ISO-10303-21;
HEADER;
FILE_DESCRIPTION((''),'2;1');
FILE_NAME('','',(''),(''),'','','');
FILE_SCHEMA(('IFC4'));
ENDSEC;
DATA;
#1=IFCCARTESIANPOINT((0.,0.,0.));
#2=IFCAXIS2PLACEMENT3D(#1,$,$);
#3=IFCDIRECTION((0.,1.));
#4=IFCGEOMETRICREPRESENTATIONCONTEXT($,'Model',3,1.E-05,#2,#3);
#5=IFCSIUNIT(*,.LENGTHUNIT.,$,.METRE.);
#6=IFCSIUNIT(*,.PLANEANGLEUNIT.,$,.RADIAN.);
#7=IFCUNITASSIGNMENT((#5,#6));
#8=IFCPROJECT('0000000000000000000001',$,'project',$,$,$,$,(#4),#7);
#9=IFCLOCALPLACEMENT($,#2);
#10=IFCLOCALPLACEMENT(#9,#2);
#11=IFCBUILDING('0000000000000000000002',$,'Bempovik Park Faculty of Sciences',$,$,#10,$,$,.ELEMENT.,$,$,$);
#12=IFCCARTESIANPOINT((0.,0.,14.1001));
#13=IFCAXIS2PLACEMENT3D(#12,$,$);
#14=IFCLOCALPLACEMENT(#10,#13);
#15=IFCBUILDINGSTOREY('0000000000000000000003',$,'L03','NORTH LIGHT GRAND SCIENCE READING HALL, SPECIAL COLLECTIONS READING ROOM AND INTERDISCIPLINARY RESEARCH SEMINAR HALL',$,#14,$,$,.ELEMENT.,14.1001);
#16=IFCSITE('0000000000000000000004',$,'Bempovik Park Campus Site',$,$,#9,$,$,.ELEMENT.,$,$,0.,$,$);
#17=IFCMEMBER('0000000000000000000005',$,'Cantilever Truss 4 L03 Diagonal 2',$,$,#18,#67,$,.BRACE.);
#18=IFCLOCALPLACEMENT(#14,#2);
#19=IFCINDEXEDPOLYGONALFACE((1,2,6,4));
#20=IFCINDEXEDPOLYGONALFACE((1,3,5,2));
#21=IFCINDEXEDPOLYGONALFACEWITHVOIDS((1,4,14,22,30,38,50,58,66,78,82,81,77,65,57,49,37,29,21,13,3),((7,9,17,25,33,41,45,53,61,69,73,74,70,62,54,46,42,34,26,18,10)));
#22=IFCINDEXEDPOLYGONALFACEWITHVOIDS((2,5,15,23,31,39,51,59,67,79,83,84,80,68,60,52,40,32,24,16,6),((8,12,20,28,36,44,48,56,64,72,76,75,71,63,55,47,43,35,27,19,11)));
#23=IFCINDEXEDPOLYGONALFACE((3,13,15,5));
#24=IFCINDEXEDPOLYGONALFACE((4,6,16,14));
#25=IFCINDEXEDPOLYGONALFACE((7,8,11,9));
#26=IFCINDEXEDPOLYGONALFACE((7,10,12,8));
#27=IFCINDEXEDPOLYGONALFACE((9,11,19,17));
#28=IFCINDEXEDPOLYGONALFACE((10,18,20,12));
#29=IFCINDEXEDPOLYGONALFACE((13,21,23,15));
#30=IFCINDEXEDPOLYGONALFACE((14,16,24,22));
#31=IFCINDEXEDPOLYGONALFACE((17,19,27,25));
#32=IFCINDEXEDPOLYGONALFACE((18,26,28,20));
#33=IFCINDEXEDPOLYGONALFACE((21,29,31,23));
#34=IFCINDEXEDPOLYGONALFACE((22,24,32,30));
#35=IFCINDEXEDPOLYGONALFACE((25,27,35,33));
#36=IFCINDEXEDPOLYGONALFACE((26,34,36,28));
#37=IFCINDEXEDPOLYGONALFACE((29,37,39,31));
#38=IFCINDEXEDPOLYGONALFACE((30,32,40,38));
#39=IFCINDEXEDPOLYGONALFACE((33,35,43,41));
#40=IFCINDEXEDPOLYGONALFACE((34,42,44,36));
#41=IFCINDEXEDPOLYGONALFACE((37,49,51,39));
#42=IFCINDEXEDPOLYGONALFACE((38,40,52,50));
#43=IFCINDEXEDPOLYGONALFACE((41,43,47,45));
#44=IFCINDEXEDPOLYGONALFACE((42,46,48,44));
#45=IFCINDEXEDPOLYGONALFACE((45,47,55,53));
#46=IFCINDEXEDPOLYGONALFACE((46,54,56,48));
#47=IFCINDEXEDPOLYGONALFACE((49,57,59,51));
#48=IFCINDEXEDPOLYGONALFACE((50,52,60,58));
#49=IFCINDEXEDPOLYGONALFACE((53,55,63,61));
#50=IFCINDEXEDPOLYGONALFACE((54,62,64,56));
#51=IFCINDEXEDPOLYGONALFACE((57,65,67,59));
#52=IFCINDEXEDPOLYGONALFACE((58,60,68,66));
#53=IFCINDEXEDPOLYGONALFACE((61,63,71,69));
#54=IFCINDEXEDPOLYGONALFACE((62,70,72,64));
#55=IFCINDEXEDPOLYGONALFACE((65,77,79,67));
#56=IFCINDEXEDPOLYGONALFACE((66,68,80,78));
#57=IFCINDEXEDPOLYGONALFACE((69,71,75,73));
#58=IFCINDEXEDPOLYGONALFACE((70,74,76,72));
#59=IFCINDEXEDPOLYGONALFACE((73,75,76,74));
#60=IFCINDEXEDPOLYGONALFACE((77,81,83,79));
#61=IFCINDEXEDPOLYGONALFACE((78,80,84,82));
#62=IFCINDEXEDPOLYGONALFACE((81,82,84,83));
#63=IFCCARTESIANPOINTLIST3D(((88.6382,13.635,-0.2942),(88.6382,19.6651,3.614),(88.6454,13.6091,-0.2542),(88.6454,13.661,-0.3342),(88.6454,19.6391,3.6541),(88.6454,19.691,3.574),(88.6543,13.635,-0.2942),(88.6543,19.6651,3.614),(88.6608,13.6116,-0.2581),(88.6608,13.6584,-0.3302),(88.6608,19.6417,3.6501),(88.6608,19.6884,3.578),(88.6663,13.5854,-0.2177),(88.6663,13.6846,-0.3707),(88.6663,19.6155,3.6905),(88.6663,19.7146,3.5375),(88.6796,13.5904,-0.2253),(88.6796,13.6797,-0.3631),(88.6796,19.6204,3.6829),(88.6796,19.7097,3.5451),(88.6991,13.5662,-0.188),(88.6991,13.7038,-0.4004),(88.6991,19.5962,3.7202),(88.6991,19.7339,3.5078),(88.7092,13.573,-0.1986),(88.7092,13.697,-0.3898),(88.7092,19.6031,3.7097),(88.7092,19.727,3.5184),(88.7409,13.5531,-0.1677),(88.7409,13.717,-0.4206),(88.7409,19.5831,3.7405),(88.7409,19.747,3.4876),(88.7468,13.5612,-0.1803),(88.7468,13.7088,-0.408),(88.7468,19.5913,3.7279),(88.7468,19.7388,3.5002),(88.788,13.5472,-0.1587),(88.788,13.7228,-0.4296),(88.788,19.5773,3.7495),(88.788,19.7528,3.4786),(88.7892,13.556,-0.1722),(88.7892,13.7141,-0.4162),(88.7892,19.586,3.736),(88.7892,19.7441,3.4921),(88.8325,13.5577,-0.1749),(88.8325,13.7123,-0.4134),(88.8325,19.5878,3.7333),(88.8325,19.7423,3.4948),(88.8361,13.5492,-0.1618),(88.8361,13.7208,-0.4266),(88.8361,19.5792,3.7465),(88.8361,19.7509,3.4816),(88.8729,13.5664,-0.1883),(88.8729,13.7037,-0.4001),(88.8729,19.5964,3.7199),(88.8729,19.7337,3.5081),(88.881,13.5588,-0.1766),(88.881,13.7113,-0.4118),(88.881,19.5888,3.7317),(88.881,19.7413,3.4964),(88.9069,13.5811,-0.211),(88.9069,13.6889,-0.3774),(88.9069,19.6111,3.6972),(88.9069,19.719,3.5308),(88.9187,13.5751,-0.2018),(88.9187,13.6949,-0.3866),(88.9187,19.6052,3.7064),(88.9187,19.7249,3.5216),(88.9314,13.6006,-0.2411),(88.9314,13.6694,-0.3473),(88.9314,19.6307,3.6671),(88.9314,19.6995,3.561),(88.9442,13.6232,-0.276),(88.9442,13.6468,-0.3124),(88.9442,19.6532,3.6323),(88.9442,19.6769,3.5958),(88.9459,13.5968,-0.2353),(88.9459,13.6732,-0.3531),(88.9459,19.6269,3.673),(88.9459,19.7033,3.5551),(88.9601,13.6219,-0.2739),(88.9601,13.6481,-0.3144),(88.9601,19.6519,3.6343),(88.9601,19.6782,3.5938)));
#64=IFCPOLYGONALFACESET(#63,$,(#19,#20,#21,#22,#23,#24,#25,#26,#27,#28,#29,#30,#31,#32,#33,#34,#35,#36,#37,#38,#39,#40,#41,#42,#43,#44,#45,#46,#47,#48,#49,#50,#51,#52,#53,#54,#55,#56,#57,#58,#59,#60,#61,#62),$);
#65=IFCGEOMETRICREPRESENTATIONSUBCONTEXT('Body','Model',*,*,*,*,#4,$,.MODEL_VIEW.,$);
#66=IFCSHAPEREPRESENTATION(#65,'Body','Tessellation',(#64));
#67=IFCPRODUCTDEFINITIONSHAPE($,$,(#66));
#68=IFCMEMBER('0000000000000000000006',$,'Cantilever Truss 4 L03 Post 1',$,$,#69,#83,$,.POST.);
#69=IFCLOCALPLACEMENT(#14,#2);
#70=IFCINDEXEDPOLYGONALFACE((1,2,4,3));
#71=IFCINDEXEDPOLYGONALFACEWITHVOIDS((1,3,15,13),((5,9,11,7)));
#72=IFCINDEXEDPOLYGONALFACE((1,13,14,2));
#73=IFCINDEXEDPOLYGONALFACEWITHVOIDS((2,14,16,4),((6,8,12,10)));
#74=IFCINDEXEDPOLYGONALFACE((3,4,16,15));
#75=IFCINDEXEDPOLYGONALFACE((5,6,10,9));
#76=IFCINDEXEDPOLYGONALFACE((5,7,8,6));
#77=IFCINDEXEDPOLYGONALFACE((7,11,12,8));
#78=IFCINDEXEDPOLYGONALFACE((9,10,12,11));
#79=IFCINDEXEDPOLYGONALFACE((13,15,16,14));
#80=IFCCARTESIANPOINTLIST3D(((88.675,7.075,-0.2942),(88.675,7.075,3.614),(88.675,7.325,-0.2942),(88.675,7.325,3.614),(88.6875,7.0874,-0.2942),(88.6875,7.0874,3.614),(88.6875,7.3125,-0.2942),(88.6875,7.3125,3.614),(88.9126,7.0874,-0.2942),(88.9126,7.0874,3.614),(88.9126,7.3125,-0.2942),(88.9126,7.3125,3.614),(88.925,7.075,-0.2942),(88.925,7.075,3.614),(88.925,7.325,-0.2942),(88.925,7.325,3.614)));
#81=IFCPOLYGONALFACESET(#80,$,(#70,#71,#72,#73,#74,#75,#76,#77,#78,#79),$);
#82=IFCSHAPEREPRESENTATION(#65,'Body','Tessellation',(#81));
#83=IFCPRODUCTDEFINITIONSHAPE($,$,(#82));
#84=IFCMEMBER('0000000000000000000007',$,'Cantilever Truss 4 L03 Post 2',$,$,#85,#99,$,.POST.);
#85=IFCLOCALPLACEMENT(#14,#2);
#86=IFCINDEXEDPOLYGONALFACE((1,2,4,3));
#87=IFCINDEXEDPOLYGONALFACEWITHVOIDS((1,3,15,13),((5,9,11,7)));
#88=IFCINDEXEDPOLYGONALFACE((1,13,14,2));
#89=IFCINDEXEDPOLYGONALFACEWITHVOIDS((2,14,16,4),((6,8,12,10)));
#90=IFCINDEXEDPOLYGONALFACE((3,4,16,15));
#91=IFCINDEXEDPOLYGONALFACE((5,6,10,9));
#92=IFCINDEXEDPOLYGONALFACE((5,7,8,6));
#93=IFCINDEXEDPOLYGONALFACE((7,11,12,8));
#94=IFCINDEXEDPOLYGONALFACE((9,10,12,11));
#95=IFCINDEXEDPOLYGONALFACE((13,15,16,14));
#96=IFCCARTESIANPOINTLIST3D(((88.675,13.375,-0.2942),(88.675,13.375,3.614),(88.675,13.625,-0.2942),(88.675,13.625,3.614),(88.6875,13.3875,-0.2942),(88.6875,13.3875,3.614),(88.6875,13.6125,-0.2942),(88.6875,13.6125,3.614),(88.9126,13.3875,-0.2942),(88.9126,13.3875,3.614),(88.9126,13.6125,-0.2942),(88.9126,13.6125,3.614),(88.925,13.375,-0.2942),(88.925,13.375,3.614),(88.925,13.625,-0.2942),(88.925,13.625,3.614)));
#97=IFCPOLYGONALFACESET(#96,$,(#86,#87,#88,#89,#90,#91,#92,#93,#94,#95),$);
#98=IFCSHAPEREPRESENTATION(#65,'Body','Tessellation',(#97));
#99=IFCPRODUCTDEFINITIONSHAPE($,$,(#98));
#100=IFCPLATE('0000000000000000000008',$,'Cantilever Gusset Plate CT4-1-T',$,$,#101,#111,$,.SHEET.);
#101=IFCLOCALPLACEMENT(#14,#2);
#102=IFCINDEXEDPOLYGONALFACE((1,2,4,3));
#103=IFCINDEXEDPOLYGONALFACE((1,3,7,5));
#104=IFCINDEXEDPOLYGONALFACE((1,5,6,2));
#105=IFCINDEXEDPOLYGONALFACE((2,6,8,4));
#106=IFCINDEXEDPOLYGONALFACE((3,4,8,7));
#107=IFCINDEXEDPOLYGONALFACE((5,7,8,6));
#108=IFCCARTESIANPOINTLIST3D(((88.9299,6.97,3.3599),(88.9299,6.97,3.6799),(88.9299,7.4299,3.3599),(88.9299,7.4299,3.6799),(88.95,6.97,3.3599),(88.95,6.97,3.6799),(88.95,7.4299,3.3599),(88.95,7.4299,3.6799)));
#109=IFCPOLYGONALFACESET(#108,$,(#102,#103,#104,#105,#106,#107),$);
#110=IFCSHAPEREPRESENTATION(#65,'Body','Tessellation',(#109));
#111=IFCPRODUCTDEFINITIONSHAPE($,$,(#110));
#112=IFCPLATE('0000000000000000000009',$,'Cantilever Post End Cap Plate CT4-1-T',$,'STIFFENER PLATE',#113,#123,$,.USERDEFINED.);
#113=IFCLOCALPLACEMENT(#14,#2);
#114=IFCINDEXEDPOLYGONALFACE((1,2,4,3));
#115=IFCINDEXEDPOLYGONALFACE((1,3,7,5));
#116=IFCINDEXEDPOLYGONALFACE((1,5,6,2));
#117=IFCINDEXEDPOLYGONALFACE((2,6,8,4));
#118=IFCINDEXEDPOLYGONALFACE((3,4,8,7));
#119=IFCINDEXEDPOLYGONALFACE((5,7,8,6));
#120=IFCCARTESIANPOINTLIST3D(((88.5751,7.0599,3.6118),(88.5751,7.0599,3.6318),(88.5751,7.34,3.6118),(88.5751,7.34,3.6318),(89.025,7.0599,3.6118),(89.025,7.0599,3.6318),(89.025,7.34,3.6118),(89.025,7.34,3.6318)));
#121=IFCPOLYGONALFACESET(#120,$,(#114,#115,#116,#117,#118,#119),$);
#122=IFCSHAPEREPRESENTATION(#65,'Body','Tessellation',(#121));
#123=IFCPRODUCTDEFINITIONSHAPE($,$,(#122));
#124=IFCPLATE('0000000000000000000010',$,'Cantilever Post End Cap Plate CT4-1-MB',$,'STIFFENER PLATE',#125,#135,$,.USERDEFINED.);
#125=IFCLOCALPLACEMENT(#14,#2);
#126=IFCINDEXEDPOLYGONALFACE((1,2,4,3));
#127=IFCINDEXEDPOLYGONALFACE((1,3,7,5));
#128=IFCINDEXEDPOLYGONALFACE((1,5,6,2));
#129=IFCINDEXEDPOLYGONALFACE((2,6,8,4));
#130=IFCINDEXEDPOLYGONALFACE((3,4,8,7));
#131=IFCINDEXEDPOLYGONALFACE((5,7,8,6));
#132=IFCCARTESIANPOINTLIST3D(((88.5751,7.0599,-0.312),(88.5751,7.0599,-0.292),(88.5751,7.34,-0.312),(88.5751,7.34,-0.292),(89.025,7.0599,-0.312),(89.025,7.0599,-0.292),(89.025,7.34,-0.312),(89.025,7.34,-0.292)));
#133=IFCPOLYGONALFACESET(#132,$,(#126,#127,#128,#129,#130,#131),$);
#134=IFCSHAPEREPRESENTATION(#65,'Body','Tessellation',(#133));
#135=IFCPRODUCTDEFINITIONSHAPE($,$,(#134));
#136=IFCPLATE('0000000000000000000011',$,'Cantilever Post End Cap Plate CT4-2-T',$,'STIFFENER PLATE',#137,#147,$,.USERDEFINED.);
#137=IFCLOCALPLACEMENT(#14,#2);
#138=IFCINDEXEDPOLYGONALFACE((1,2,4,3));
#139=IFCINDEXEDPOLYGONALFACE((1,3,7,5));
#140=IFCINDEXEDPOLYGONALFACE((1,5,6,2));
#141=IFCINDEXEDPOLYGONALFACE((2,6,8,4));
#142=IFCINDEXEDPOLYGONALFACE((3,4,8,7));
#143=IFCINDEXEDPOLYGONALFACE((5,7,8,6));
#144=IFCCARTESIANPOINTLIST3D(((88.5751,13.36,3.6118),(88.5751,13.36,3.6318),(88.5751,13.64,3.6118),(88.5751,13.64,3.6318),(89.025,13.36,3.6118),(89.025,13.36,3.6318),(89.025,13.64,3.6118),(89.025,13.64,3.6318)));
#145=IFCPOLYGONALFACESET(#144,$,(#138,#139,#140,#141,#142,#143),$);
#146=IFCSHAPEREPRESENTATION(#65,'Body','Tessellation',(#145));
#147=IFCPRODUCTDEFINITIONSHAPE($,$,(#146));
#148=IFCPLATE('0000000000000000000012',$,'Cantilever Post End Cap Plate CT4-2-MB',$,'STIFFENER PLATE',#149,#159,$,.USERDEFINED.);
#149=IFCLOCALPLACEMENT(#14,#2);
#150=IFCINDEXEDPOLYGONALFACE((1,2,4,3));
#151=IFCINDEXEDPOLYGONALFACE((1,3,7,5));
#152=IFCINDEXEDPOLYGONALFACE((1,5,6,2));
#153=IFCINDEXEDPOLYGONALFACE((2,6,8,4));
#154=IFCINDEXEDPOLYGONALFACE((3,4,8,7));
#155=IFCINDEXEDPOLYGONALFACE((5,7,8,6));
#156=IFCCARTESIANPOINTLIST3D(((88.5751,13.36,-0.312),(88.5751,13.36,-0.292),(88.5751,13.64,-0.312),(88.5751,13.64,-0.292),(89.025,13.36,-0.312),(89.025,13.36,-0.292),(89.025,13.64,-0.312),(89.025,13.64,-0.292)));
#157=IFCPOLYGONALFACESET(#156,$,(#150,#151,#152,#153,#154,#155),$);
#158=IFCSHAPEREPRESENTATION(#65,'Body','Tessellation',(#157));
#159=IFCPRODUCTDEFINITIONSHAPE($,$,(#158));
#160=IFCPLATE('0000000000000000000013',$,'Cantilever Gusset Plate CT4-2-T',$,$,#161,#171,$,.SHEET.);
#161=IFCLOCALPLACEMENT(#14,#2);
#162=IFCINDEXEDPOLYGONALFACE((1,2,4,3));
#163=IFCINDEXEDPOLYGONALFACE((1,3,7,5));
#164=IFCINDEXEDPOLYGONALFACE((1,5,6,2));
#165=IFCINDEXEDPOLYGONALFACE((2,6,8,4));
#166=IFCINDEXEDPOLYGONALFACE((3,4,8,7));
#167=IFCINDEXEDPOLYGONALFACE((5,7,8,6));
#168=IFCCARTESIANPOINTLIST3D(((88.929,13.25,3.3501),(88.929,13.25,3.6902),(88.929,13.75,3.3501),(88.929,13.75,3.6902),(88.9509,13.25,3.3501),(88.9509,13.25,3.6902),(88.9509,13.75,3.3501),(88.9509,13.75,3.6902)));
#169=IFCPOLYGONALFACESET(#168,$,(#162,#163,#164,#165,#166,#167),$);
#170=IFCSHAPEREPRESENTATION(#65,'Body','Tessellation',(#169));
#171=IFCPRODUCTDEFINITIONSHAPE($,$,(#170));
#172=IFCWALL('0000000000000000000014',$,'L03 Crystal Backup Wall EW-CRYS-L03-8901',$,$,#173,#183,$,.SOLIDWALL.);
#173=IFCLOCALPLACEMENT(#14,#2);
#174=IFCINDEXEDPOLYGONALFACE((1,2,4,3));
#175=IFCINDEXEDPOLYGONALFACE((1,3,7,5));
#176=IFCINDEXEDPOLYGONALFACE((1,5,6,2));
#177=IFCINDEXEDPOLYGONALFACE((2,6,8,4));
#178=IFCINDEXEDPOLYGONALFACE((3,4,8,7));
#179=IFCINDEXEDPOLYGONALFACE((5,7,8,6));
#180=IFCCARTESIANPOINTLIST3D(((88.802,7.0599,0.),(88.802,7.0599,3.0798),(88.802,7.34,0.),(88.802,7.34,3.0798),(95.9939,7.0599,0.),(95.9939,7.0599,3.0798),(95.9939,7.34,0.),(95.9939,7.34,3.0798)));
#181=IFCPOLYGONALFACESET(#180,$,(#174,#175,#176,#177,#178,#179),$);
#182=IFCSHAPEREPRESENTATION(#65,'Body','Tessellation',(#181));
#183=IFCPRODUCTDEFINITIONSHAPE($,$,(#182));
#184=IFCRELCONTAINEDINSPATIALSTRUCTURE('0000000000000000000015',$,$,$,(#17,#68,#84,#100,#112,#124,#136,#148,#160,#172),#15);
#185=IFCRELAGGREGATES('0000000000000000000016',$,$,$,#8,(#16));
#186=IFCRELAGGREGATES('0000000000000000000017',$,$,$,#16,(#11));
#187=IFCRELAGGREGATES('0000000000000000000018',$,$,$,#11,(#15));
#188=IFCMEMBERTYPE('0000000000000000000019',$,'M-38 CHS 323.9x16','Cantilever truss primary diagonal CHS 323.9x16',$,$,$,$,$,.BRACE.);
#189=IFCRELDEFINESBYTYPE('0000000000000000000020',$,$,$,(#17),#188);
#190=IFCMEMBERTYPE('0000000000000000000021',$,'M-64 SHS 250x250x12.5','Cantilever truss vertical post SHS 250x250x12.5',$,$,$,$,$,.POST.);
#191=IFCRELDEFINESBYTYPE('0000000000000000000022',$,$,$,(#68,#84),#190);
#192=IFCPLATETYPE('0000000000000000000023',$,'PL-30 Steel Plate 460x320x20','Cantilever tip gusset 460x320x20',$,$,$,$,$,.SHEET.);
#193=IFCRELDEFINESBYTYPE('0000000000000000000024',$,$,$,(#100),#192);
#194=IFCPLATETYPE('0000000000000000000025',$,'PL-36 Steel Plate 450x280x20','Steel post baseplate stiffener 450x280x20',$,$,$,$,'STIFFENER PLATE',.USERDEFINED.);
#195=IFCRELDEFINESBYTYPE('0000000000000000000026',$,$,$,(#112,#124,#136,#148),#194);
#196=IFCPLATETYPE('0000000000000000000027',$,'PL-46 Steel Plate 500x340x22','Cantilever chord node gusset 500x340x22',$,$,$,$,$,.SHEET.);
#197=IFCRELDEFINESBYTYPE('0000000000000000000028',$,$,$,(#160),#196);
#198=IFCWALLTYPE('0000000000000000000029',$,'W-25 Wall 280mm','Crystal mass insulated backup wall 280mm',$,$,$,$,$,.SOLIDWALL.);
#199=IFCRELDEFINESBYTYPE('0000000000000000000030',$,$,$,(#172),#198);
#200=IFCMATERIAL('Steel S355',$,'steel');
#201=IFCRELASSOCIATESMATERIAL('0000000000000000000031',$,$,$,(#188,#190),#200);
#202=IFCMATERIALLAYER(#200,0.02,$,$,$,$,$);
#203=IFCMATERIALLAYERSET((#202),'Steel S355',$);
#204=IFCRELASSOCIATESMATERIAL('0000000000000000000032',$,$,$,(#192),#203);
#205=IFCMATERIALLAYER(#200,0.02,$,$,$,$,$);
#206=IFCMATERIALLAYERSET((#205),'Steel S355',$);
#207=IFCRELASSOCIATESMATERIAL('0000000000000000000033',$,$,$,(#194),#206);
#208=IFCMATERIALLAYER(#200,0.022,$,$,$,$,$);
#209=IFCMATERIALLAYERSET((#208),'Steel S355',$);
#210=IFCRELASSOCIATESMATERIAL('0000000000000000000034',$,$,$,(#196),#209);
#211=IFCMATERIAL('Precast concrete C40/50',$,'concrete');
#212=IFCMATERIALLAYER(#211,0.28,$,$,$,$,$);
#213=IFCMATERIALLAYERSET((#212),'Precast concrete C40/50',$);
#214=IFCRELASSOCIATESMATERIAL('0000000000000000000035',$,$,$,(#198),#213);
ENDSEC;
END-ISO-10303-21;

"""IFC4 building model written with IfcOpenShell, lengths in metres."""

from ifc_helpers import new_model, si_unit, direction, frame, frame_2d, origin, origin_2d, place, context, subcontext, project, spatial, rectangle, hollow_rectangle, hollow_circle, extrude, material, layer, layer_set, material_profile, profile_set, type_object, element, save


model = new_model("IFC4")

# Units and contexts
model_context = context("Model", 3, precision=1e-05, world=origin(), true_north=direction((0.0, 1.0)))
body_context = subcontext(model_context, "Body", "Model", "MODEL_VIEW")
ifc_project = project(units=[si_unit("LENGTHUNIT", "METRE"), si_unit("PLANEANGLEUNIT", "RADIAN")], contexts=[model_context])

# Site, building, storey
site_placement = place(None, origin())
site = spatial("IfcSite", under=ifc_project, at=site_placement, Name="Bempovik Park Campus Site", CompositionType="ELEMENT", RefElevation=0.0)
building_placement = place(site_placement, origin())
building = spatial("IfcBuilding", under=site, at=building_placement, Name="Bempovik Park Faculty of Sciences", CompositionType="ELEMENT")
storey_placement = place(building_placement, frame((0.0, 0.0, 14.1001)))
storey = spatial("IfcBuildingStorey", under=building, at=storey_placement, Name="L03", Description="NORTH LIGHT GRAND SCIENCE READING HALL, SPECIAL COLLECTIONS READING ROOM AND INTERDISCIPLINARY RESEARCH SEMINAR HALL", CompositionType="ELEMENT", Elevation=14.1001)

# Shared definitions
ifc_material_1 = material(Name="Steel S355", Category="steel")

# Members
ifc_material_profile_1 = material_profile(ifc_material_1, hollow_circle(Radius=0.1619, WallThickness=0.0161, at=origin_2d()), Name="CHS 323.9x16")
ifc_profile_set_1 = profile_set([ifc_material_profile_1], Name="Steel S355")
member_type_1 = type_object("IfcMemberType", Name="M-38 CHS 323.9x16", Description="Cantilever truss primary diagonal CHS 323.9x16", PredefinedType="BRACE", material=ifc_profile_set_1)
for number, where, z_axis, x_axis, name in (
    (1, (88.8, 13.635, -0.2942), (0.0, 0.839162, 0.543881), (-1.0, 0.0, 0.0), "Cantilever Truss 4 L03 Diagonal 2"),
):
    element("IfcMember", number, at=place(storey_placement, frame(where, z_axis=z_axis, x_axis=x_axis)), inside=storey, type_object=member_type_1, Name=name, PredefinedType="BRACE", context=body_context, shape_type="SweptSolid", body=[
        extrude(hollow_circle(Radius=0.1619, WallThickness=0.0161, at=origin_2d()), origin(), (0.0, 0.0, 1.0), 7.1858),
    ])
ifc_material_profile_2 = material_profile(ifc_material_1, hollow_rectangle(XDim=0.25, YDim=0.25, WallThickness=0.0125, at=origin_2d()), Name="SHS 250x250x12.5")
ifc_profile_set_2 = profile_set([ifc_material_profile_2], Name="Steel S355")
member_type_2 = type_object("IfcMemberType", Name="M-64 SHS 250x250x12.5", Description="Cantilever truss vertical post SHS 250x250x12.5", PredefinedType="POST", material=ifc_profile_set_2)
for number, where, z_axis, x_axis, name in (
    (2, (88.8, 7.2, -0.2942), (0.0, 0.0, 1.0), (1.0, 0.0, 0.0), "Cantilever Truss 4 L03 Post 1"),
    (3, (88.8, 13.5, -0.2942), (0.0, 0.0, 1.0), (1.0, 0.0, 0.0), "Cantilever Truss 4 L03 Post 2"),
):
    element("IfcMember", number, at=place(storey_placement, frame(where, z_axis=z_axis, x_axis=x_axis)), inside=storey, type_object=member_type_2, Name=name, PredefinedType="POST", context=body_context, shape_type="SweptSolid", body=[
        extrude(hollow_rectangle(XDim=0.25, YDim=0.25, WallThickness=0.0125, at=origin_2d()), origin(), (0.0, 0.0, 1.0), 3.9082),
    ])

# Plates
ifc_layer_1 = layer(ifc_material_1, 0.02)
ifc_layer_set_1 = layer_set([ifc_layer_1], Name="Steel S355")
plate_type_1 = type_object("IfcPlateType", Name="PL-30 Steel Plate 460x320x20", Description="Cantilever tip gusset 460x320x20", PredefinedType="SHEET", material=ifc_layer_set_1)
plate_1_placement = place(storey_placement, frame((88.9399, 7.2, 3.3599), z_axis=(0.0, 0.0, 1.0), x_axis=(1.0, 0.0, 0.0)))
element("IfcPlate", 4, at=plate_1_placement, inside=storey, type_object=plate_type_1, Name="Cantilever Gusset Plate CT4-1-T", PredefinedType="SHEET", context=body_context, shape_type="SweptSolid", body=[
    extrude(rectangle(XDim=0.02, YDim=0.46, at=origin_2d()), origin(), (0.0, 0.0, 1.0), 0.3201),
])
ifc_layer_2 = layer(ifc_material_1, 0.02)
ifc_layer_set_2 = layer_set([ifc_layer_2], Name="Steel S355")
plate_type_2 = type_object("IfcPlateType", Name="PL-36 Steel Plate 450x280x20", Description="Steel post baseplate stiffener 450x280x20", ElementType="STIFFENER PLATE", PredefinedType="USERDEFINED", material=ifc_layer_set_2)
for number, where, z_axis, x_axis, name in (
    (5, (88.8, 7.2, 3.6118), (0.0, 0.0, 1.0), (1.0, 0.0, 0.0), "Cantilever Post End Cap Plate CT4-1-T"),
    (6, (88.8, 7.2, -0.312), (0.0, 0.0, 1.0), (1.0, 0.0, 0.0), "Cantilever Post End Cap Plate CT4-1-MB"),
    (7, (88.8, 13.5, 3.6118), (0.0, 0.0, 1.0), (1.0, 0.0, 0.0), "Cantilever Post End Cap Plate CT4-2-T"),
    (8, (88.8, 13.5, -0.312), (0.0, 0.0, 1.0), (1.0, 0.0, 0.0), "Cantilever Post End Cap Plate CT4-2-MB"),
):
    element("IfcPlate", number, at=place(storey_placement, frame(where, z_axis=z_axis, x_axis=x_axis)), inside=storey, type_object=plate_type_2, Name=name, ObjectType="STIFFENER PLATE", PredefinedType="USERDEFINED", context=body_context, shape_type="SweptSolid", body=[
        extrude(rectangle(XDim=0.45, YDim=0.28, at=origin_2d()), origin(), (0.0, 0.0, 1.0), 0.02),
    ])
ifc_layer_3 = layer(ifc_material_1, 0.022)
ifc_layer_set_3 = layer_set([ifc_layer_3], Name="Steel S355")
plate_type_3 = type_object("IfcPlateType", Name="PL-46 Steel Plate 500x340x22", Description="Cantilever chord node gusset 500x340x22", PredefinedType="SHEET", material=ifc_layer_set_3)
plate_2_placement = place(storey_placement, frame((88.9399, 13.5, 3.3501), z_axis=(0.0, 0.0, 1.0), x_axis=(1.0, 0.0, 0.0)))
element("IfcPlate", 9, at=plate_2_placement, inside=storey, type_object=plate_type_3, Name="Cantilever Gusset Plate CT4-2-T", PredefinedType="SHEET", context=body_context, shape_type="SweptSolid", body=[
    extrude(rectangle(XDim=0.022, YDim=0.5, at=origin_2d()), origin(), (0.0, 0.0, 1.0), 0.3401),
])

# Wall
ifc_material_2 = material(Name="Precast concrete C40/50", Category="concrete")
ifc_layer_4 = layer(ifc_material_2, 0.28)
ifc_layer_set_4 = layer_set([ifc_layer_4], Name="Precast concrete C40/50")
wall_type = type_object("IfcWallType", Name="W-25 Wall 280mm", Description="Crystal mass insulated backup wall 280mm", PredefinedType="SOLIDWALL", material=ifc_layer_set_4)
wall_placement = place(storey_placement, frame((88.802, 7.2, 0.0), z_axis=(0.0, 0.0, 1.0), x_axis=(1.0, 0.0, 0.0)))
element("IfcWall", 10, at=wall_placement, inside=storey, type_object=wall_type, Name="L03 Crystal Backup Wall EW-CRYS-L03-8901", PredefinedType="SOLIDWALL", context=body_context, shape_type="SweptSolid", body=[
    extrude(rectangle(XDim=7.1919, YDim=0.28, at=frame_2d((3.5959, 0.0))), origin(), (0.0, 0.0, 1.0), 3.0798),
])

save(model, "model.ifc")
